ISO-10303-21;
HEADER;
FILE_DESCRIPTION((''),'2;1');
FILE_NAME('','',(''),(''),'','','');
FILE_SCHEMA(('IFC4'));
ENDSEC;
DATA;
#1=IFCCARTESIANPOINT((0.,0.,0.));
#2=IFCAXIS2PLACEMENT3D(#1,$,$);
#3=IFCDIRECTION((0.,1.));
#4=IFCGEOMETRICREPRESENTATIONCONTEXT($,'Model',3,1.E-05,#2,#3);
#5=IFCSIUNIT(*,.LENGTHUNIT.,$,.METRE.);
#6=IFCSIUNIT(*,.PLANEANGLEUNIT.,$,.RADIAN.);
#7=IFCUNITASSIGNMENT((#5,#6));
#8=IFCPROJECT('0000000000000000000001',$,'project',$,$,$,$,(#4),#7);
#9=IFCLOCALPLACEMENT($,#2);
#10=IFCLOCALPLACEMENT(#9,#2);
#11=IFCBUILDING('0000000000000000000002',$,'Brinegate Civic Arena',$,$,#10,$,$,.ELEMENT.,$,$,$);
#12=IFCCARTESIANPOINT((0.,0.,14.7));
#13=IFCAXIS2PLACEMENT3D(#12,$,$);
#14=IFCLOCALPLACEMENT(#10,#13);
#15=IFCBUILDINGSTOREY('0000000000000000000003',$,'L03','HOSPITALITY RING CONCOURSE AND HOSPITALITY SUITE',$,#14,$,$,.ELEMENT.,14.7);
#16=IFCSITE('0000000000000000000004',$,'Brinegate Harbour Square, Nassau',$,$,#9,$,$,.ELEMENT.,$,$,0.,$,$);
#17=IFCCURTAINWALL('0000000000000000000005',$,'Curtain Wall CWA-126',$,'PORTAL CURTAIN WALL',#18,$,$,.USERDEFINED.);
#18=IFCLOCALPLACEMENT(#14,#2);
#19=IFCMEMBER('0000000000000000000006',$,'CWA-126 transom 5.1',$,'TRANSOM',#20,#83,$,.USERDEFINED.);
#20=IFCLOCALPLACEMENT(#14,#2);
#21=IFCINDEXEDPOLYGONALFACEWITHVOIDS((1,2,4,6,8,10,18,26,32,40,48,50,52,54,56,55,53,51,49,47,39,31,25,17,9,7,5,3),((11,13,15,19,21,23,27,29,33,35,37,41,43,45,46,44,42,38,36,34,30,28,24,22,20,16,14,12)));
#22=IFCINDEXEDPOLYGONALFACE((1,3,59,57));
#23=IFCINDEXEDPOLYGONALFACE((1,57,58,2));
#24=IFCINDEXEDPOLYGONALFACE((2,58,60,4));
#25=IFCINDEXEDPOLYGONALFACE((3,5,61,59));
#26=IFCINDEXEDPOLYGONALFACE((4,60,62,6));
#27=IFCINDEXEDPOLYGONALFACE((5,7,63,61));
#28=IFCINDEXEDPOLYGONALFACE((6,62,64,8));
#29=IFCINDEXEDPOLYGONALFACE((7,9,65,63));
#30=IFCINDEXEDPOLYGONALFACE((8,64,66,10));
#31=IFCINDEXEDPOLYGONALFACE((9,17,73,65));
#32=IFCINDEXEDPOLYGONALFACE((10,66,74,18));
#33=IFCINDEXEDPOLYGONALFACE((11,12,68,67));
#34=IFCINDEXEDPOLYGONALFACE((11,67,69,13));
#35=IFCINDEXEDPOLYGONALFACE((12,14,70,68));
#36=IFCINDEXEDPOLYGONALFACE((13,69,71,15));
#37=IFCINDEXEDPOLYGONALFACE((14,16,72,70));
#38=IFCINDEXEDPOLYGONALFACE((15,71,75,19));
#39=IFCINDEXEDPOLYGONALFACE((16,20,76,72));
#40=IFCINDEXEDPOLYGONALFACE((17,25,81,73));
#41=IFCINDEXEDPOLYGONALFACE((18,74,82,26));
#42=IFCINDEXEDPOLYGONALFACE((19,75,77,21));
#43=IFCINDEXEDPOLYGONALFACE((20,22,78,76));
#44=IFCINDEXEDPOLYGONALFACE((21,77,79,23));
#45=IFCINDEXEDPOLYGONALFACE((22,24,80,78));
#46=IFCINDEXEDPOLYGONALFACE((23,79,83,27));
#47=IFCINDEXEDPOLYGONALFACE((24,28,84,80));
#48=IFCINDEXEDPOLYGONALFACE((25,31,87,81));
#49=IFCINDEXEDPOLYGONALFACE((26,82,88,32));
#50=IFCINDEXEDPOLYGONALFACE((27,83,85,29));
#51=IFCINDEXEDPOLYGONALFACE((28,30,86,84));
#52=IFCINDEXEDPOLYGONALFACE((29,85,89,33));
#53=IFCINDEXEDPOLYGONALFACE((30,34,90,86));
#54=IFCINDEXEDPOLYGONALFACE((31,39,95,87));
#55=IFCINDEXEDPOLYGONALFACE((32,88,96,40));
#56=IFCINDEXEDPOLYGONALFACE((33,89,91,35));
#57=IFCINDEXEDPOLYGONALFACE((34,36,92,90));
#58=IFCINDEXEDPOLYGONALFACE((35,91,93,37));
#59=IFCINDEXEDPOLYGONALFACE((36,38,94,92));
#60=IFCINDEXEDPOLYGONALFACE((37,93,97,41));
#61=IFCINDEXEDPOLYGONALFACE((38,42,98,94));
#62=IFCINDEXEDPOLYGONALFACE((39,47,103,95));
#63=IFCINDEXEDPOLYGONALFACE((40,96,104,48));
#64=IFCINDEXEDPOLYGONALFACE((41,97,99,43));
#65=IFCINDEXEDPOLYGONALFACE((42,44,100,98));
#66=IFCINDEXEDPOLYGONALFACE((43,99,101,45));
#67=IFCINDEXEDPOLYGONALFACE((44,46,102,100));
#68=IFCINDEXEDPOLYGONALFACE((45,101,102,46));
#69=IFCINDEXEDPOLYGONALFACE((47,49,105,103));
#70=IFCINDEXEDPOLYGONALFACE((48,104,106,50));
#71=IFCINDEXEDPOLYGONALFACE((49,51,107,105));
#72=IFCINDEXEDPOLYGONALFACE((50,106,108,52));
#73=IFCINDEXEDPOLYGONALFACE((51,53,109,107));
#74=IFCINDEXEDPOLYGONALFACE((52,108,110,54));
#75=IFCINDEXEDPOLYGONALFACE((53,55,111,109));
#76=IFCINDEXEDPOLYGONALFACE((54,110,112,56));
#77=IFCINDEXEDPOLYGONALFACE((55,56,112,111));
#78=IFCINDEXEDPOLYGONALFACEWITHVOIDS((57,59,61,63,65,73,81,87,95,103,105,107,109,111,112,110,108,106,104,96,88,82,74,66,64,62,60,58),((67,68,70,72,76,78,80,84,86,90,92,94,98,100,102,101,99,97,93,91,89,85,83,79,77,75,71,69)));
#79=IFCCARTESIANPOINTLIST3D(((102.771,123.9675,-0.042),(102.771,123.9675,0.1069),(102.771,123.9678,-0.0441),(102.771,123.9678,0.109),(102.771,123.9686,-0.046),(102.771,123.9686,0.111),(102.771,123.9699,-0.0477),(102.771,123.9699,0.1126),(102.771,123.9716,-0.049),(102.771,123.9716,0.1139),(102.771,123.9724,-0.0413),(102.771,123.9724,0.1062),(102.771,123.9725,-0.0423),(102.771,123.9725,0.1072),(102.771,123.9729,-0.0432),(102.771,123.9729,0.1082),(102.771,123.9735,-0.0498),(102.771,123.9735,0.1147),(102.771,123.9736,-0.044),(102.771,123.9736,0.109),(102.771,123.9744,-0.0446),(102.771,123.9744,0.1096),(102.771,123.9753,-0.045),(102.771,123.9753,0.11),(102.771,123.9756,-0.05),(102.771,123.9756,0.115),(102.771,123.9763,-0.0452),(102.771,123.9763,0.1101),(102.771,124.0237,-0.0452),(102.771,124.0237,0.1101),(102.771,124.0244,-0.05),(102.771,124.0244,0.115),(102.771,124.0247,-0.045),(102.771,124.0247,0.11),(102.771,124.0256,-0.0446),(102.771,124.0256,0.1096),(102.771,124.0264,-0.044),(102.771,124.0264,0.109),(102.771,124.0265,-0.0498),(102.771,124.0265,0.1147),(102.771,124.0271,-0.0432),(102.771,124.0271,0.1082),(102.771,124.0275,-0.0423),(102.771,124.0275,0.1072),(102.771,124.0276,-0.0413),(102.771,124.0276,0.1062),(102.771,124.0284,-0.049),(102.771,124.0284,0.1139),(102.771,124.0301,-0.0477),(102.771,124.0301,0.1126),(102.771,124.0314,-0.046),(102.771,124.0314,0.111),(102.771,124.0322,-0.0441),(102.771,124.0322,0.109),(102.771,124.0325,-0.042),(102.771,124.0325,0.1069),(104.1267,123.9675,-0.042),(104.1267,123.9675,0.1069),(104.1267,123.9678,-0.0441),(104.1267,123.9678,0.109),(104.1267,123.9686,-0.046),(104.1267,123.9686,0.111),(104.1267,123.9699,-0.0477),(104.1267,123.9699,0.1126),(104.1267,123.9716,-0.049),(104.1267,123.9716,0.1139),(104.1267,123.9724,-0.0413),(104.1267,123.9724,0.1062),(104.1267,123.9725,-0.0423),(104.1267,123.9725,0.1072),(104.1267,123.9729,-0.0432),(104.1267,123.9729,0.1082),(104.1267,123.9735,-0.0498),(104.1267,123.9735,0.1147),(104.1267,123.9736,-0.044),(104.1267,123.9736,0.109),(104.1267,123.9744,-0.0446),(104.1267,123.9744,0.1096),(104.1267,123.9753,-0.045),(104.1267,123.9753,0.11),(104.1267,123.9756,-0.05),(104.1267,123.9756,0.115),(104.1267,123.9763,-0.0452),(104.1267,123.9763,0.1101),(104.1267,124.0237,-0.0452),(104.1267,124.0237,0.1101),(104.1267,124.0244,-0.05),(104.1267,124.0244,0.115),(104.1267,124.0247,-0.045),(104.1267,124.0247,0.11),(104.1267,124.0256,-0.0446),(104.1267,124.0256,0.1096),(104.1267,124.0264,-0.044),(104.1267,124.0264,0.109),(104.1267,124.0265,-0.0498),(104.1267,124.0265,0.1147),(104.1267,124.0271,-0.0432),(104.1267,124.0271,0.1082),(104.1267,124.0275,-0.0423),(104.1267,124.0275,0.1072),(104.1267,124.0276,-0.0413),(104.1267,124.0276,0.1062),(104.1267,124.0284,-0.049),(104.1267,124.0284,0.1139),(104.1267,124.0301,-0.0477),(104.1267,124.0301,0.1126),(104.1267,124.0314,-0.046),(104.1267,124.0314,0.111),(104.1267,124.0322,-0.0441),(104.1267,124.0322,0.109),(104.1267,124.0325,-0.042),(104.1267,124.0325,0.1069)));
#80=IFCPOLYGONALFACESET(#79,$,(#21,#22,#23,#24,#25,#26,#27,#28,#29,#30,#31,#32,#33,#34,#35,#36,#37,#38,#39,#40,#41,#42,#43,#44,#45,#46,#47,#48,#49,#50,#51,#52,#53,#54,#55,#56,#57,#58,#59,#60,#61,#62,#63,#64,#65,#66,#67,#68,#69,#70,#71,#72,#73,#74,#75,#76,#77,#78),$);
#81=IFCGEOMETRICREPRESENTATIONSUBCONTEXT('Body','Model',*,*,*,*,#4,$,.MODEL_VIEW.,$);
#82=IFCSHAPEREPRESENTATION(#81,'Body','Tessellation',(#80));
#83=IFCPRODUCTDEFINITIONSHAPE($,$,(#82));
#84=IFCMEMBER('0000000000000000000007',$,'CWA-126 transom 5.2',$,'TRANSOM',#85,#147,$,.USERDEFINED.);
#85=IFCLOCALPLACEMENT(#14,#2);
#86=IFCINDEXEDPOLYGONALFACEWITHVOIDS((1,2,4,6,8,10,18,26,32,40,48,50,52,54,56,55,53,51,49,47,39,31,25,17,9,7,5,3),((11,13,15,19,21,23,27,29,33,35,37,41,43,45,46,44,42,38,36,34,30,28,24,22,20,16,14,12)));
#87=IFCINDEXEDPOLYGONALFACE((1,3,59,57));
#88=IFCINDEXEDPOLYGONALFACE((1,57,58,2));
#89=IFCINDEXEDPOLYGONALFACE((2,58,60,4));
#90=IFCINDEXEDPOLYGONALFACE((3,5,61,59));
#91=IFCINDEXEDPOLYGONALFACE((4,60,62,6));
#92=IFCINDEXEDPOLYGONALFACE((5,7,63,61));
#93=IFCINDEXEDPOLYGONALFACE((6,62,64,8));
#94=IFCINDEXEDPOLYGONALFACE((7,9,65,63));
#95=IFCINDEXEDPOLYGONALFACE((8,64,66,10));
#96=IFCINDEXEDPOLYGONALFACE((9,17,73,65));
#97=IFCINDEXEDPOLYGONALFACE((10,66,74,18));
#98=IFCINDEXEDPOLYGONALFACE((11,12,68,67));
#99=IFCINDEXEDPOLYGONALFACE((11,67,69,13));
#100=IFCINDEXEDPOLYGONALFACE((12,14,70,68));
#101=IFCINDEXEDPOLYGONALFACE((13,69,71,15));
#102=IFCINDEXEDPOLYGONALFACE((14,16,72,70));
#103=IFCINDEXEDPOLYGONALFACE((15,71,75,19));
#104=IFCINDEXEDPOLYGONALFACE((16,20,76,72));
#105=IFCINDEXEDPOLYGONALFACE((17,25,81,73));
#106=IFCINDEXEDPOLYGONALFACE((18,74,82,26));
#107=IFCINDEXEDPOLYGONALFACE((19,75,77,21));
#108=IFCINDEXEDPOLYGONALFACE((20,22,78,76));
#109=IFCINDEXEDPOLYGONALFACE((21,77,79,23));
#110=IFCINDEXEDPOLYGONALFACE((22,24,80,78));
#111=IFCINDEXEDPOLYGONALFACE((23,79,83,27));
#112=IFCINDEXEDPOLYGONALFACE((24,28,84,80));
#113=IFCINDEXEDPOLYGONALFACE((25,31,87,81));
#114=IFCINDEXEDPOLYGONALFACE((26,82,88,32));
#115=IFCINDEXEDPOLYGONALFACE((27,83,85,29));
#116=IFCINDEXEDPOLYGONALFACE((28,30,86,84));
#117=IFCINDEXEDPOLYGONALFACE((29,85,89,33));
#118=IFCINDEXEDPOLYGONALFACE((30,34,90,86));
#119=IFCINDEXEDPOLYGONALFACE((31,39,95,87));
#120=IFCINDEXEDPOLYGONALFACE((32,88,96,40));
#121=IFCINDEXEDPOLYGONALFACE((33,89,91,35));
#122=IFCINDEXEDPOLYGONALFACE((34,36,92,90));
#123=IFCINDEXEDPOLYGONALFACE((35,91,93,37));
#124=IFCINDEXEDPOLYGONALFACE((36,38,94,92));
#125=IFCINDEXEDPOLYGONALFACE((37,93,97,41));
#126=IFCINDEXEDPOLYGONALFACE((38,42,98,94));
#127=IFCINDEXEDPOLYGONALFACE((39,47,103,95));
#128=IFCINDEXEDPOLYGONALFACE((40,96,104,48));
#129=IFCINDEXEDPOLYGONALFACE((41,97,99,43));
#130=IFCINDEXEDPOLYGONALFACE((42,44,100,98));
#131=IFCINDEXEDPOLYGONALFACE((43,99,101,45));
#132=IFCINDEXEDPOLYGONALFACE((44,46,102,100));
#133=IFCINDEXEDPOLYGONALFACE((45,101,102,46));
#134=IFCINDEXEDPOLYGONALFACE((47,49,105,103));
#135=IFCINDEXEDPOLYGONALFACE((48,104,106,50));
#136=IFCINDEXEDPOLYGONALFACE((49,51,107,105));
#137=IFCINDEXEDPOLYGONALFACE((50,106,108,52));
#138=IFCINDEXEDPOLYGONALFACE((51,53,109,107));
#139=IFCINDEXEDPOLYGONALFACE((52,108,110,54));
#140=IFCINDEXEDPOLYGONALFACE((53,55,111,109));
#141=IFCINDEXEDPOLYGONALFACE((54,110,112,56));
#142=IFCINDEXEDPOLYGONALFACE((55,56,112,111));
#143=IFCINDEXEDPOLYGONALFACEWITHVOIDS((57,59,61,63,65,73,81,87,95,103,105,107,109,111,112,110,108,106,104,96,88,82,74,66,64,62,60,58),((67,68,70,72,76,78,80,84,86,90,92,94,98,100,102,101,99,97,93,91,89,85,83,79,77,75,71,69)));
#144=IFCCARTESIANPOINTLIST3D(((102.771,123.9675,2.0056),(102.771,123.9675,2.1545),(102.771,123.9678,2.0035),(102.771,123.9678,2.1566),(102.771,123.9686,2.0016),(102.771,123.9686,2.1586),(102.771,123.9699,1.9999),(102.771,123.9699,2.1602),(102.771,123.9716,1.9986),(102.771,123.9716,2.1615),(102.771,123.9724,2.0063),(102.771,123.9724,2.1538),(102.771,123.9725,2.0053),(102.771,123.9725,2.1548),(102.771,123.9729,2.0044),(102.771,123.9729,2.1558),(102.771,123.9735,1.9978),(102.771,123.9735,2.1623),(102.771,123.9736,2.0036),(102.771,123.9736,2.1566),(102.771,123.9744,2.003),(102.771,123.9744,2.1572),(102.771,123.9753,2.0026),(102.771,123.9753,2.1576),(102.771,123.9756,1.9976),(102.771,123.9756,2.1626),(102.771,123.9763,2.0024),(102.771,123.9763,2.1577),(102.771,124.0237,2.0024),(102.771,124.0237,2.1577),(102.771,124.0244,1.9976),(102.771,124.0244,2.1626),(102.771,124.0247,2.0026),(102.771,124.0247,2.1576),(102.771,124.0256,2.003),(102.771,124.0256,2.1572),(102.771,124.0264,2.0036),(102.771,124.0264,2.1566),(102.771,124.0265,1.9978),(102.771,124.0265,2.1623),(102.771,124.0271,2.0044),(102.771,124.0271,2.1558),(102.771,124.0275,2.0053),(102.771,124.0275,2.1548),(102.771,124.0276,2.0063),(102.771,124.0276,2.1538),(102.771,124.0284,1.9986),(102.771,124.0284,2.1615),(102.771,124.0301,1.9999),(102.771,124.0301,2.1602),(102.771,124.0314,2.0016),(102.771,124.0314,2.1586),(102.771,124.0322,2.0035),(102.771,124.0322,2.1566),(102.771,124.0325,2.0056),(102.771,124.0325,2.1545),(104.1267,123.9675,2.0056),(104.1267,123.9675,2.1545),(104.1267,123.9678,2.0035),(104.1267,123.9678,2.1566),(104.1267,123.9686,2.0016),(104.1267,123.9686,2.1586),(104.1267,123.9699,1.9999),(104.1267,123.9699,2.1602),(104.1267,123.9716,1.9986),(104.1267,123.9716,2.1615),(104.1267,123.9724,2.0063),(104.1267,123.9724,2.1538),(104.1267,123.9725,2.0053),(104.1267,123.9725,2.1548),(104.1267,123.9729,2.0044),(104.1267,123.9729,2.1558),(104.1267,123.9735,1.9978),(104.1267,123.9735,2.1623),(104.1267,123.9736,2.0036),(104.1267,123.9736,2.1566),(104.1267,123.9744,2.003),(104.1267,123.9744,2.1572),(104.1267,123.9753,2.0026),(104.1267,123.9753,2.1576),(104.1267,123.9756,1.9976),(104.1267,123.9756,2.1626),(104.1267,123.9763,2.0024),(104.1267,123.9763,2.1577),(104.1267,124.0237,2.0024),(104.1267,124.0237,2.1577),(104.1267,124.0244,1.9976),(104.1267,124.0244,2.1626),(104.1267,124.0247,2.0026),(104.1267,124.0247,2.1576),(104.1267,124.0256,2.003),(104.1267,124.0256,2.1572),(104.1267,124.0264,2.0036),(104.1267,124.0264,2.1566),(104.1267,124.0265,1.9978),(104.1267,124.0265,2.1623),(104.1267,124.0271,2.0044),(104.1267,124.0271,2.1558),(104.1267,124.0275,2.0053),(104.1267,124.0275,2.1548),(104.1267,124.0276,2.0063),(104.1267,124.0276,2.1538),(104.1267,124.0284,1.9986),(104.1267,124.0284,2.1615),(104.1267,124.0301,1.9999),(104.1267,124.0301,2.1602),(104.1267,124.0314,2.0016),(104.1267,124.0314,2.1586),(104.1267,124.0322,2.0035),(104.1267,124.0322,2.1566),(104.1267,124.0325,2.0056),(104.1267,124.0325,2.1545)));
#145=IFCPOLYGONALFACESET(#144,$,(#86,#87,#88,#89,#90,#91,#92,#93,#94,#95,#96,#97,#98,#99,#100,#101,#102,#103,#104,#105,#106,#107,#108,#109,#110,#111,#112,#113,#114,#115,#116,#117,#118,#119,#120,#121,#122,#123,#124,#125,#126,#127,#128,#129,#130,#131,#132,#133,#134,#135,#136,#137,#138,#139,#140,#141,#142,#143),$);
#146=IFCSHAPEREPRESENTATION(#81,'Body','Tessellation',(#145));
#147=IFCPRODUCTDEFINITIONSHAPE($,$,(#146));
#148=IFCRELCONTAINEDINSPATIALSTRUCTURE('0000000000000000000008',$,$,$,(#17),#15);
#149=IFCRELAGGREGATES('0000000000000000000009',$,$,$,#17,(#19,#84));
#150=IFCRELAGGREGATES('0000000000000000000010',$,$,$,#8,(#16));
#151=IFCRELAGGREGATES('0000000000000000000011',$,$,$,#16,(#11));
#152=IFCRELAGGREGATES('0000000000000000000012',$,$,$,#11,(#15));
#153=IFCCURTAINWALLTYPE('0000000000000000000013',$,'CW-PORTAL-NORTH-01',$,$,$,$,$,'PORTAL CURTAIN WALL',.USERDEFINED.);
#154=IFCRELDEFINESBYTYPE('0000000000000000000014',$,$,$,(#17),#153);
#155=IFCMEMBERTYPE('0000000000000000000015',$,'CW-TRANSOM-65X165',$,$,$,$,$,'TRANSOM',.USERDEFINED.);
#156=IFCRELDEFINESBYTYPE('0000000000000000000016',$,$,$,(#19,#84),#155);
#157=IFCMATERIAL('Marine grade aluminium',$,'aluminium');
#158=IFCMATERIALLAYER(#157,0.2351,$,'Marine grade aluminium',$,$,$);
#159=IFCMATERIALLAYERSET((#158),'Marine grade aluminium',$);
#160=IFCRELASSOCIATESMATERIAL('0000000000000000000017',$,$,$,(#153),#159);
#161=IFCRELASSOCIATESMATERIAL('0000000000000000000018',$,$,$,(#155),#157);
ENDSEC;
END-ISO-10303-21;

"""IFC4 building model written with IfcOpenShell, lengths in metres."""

from ifc_helpers import new_model, si_unit, direction, frame, origin, origin_2d, place, context, subcontext, project, spatial, hollow_rectangle, extrude, material, layer, layer_set, material_profile, profile_set, type_object, element, aggregate, save


model = new_model("IFC4")

# Units and contexts
model_context = context("Model", 3, precision=1e-05, world=origin(), true_north=direction((0.0, 1.0)))
body_context = subcontext(model_context, "Body", "Model", "MODEL_VIEW")
ifc_project = project(units=[si_unit("LENGTHUNIT", "METRE"), si_unit("PLANEANGLEUNIT", "RADIAN")], contexts=[model_context])

# Site, building, storey
site_placement = place(None, origin())
site = spatial("IfcSite", under=ifc_project, at=site_placement, Name="Brinegate Harbour Square, Nassau", CompositionType="ELEMENT", RefElevation=0.0)
building_placement = place(site_placement, origin())
building = spatial("IfcBuilding", under=site, at=building_placement, Name="Brinegate Civic Arena", CompositionType="ELEMENT")
storey_placement = place(building_placement, frame((0.0, 0.0, 14.7)))
storey = spatial("IfcBuildingStorey", under=building, at=storey_placement, Name="L03", Description="HOSPITALITY RING CONCOURSE AND HOSPITALITY SUITE", CompositionType="ELEMENT", Elevation=14.7)

# Curtain wall, members
ifc_material_1 = material(Name="Marine grade aluminium", Category="aluminium")
ifc_layer_1 = layer(ifc_material_1, 0.2351, Name="Marine grade aluminium")
ifc_layer_set_1 = layer_set([ifc_layer_1], Name="Marine grade aluminium")
curtain_wall_type = type_object("IfcCurtainWallType", Name="CW-PORTAL-NORTH-01", ElementType="PORTAL CURTAIN WALL", PredefinedType="USERDEFINED", material=ifc_layer_set_1)
curtain_wall_placement = place(storey_placement, origin())
curtain_wall = element("IfcCurtainWall", 1, at=curtain_wall_placement, inside=storey, type_object=curtain_wall_type, Name="Curtain Wall CWA-126", ObjectType="PORTAL CURTAIN WALL", PredefinedType="USERDEFINED")
ifc_material_profile_1 = material_profile(ifc_material_1, hollow_rectangle(XDim=0.0649, YDim=0.165, WallThickness=0.0049, InnerFilletRadius=0.0039, OuterFilletRadius=0.0081, at=origin_2d()), Name="TRN65X165")
ifc_profile_set_1 = profile_set([ifc_material_profile_1], Name="Marine grade aluminium")
member_type_1 = type_object("IfcMemberType", Name="CW-TRANSOM-65X165", ElementType="TRANSOM", PredefinedType="USERDEFINED", material=ifc_profile_set_1)
member_1_placement = place(storey_placement, frame((102.771, 124.0, 0.0325), z_axis=(1.0, 0.0, 0.0), x_axis=(0.0, 1.0, 0.0)))
member_1 = element("IfcMember", 2, at=member_1_placement, type_object=member_type_1, Name="CWA-126 transom 5.1", ObjectType="TRANSOM", PredefinedType="USERDEFINED", context=body_context, shape_type="SweptSolid", body=[
    extrude(hollow_rectangle(XDim=0.0649, YDim=0.165, WallThickness=0.0049, InnerFilletRadius=0.0039, OuterFilletRadius=0.0081, at=origin_2d()), origin(), (0.0, 0.0, 1.0), 1.3557),
])
member_2_placement = place(storey_placement, frame((102.771, 124.0, 2.0801), z_axis=(1.0, 0.0, 0.0), x_axis=(0.0, 1.0, 0.0)))
member_2 = element("IfcMember", 3, at=member_2_placement, type_object=member_type_1, Name="CWA-126 transom 5.2", ObjectType="TRANSOM", PredefinedType="USERDEFINED", context=body_context, shape_type="SweptSolid", body=[
    extrude(hollow_rectangle(XDim=0.0649, YDim=0.165, WallThickness=0.0049, InnerFilletRadius=0.0039, OuterFilletRadius=0.0081, at=origin_2d()), origin(), (0.0, 0.0, 1.0), 1.3557),
])
aggregate(curtain_wall, [member_1, member_2])

save(model, "model.ifc")
